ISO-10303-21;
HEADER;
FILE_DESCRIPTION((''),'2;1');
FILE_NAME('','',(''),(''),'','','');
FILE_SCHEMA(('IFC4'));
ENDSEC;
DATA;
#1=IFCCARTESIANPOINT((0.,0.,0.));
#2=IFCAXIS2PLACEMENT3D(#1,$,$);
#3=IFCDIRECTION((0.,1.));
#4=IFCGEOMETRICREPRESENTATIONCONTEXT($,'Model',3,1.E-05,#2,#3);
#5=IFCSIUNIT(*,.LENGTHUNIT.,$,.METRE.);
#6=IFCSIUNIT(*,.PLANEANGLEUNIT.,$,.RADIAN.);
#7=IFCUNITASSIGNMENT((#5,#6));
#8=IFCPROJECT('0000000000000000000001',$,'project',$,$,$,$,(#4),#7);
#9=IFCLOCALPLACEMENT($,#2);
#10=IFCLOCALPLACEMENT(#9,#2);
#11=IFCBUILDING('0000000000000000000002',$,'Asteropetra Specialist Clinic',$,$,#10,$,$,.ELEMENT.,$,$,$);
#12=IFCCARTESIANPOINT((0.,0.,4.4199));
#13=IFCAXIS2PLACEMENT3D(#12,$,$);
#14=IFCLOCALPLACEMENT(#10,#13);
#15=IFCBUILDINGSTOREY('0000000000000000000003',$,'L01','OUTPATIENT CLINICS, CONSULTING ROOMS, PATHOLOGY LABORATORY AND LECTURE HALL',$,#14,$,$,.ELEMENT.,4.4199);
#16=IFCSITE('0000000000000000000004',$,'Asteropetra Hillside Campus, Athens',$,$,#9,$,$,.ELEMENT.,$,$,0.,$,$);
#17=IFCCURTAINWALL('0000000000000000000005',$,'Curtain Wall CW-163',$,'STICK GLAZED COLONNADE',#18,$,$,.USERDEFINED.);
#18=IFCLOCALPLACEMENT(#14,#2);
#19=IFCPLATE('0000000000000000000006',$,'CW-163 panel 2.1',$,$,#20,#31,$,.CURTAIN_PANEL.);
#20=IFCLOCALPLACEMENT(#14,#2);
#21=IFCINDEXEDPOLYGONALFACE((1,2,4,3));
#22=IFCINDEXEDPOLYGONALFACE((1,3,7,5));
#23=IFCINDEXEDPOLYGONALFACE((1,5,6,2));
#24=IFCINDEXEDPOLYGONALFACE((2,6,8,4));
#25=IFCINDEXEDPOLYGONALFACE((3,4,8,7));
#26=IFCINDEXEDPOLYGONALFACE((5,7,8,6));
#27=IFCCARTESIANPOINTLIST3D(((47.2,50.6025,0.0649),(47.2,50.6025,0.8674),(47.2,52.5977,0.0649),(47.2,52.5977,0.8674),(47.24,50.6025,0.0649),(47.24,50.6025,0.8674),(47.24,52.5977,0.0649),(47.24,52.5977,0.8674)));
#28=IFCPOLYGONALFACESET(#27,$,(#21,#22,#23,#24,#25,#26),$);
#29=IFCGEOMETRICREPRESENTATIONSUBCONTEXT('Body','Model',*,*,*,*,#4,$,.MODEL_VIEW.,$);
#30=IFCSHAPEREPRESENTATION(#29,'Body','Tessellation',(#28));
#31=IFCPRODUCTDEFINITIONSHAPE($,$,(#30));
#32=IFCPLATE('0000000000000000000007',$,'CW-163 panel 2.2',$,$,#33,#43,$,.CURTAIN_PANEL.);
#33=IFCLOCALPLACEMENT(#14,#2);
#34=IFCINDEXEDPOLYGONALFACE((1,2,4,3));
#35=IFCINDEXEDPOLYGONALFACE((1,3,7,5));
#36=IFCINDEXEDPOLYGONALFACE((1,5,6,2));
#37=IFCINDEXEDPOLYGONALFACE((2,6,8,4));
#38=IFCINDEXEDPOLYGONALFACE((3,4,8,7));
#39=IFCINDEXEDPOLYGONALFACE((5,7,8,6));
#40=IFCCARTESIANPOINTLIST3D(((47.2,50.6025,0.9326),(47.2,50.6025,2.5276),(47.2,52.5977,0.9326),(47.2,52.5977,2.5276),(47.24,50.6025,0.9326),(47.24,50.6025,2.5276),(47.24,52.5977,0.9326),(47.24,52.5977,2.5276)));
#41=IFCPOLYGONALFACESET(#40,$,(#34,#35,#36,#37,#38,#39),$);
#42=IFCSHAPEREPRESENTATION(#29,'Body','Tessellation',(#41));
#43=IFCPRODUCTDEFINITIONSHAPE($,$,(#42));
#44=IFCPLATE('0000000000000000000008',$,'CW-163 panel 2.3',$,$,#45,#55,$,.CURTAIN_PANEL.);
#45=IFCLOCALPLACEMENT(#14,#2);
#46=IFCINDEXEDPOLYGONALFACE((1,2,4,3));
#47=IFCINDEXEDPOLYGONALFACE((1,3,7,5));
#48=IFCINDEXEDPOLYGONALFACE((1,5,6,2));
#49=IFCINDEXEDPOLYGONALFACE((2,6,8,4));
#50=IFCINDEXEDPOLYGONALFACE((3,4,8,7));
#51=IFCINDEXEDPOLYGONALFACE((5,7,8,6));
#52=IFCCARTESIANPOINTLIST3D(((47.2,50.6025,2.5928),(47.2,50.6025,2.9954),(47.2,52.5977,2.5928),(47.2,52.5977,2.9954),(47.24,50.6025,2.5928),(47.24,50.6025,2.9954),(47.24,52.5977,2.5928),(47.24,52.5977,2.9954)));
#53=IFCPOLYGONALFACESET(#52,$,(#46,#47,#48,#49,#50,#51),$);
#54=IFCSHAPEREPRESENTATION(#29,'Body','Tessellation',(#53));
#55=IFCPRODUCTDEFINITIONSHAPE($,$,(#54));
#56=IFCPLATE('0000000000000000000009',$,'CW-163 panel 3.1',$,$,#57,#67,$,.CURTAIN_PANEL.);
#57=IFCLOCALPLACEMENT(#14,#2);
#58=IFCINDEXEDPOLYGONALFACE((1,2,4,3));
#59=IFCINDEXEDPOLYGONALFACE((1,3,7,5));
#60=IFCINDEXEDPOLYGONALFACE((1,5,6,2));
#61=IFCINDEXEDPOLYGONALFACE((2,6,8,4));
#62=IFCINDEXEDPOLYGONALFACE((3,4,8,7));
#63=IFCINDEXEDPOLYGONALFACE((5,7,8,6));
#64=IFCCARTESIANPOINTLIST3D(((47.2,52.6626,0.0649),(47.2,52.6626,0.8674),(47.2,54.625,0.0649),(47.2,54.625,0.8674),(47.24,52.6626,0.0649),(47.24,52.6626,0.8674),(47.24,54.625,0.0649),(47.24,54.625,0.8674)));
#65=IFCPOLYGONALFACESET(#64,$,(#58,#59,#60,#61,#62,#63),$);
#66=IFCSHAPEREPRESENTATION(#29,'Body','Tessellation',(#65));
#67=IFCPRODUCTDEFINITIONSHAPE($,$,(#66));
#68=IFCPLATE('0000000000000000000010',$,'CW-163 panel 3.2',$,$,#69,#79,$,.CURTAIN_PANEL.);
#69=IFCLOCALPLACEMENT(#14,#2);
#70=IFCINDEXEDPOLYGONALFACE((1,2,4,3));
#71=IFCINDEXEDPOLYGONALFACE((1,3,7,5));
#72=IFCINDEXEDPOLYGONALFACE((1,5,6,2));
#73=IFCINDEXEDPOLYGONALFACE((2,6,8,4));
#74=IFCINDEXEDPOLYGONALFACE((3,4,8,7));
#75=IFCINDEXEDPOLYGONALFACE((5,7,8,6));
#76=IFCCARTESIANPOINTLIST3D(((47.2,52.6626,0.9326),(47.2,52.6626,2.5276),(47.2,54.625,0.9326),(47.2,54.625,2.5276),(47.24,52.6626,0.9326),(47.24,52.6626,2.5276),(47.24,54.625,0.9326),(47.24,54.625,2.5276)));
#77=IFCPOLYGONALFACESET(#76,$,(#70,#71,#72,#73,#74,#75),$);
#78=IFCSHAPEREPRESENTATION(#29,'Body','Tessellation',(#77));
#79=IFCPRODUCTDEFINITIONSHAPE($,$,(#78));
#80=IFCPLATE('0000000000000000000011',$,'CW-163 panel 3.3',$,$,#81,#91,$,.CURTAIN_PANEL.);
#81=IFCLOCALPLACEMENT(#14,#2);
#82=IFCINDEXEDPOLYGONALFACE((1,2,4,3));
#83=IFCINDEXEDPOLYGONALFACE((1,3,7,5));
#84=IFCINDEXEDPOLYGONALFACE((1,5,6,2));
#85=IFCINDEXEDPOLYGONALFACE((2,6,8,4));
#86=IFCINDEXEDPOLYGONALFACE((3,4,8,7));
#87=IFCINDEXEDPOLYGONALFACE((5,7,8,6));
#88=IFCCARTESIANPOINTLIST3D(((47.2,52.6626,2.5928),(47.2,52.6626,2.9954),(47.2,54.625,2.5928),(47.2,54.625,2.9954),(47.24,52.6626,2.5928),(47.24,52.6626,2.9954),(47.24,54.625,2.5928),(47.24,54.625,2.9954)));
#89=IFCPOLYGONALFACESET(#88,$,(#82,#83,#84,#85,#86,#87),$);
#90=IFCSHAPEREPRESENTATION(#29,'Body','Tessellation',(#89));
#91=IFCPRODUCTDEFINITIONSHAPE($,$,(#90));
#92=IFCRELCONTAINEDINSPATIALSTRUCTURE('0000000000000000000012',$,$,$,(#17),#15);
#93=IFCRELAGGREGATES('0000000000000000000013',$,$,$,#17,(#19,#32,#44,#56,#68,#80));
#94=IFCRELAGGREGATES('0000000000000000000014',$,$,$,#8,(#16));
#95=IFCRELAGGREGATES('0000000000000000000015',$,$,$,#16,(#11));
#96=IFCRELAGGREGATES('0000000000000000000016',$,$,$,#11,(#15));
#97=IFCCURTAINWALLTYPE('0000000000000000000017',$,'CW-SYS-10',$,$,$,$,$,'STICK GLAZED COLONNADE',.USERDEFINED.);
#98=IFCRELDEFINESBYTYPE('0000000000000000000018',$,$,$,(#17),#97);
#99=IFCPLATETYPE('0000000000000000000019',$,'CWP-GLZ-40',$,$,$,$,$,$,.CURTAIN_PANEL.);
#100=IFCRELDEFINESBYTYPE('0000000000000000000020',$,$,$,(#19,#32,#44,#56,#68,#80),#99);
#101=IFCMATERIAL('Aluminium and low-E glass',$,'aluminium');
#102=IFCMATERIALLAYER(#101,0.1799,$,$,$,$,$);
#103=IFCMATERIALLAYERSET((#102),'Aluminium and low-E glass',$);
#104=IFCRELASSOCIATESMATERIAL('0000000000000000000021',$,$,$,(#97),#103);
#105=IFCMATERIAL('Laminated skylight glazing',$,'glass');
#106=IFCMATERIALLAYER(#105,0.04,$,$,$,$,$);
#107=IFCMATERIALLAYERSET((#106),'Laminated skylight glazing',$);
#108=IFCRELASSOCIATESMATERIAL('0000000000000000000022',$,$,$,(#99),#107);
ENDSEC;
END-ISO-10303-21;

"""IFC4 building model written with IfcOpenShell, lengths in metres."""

from ifc_helpers import new_model, si_unit, direction, frame, origin, origin_2d, place, context, subcontext, project, spatial, rectangle, extrude, material, layer, layer_set, type_object, element, aggregate, save


model = new_model("IFC4")

# Units and contexts
model_context = context("Model", 3, precision=1e-05, world=origin(), true_north=direction((0.0, 1.0)))
body_context = subcontext(model_context, "Body", "Model", "MODEL_VIEW")
ifc_project = project(units=[si_unit("LENGTHUNIT", "METRE"), si_unit("PLANEANGLEUNIT", "RADIAN")], contexts=[model_context])

# Site, building, storey
site_placement = place(None, origin())
site = spatial("IfcSite", under=ifc_project, at=site_placement, Name="Asteropetra Hillside Campus, Athens", CompositionType="ELEMENT", RefElevation=0.0)
building_placement = place(site_placement, origin())
building = spatial("IfcBuilding", under=site, at=building_placement, Name="Asteropetra Specialist Clinic", CompositionType="ELEMENT")
storey_placement = place(building_placement, frame((0.0, 0.0, 4.4199)))
storey = spatial("IfcBuildingStorey", under=building, at=storey_placement, Name="L01", Description="OUTPATIENT CLINICS, CONSULTING ROOMS, PATHOLOGY LABORATORY AND LECTURE HALL", CompositionType="ELEMENT", Elevation=4.4199)

# Curtain wall
ifc_material_1 = material(Name="Aluminium and low-E glass", Category="aluminium")
ifc_layer_1 = layer(ifc_material_1, 0.1799)
ifc_layer_set_1 = layer_set([ifc_layer_1], Name="Aluminium and low-E glass")
curtain_wall_type_1 = type_object("IfcCurtainWallType", Name="CW-SYS-10", ElementType="STICK GLAZED COLONNADE", PredefinedType="USERDEFINED", material=ifc_layer_set_1)
curtain_wall_1_placement = place(storey_placement, origin())
curtain_wall_1 = element("IfcCurtainWall", 1, at=curtain_wall_1_placement, inside=storey, type_object=curtain_wall_type_1, Name="Curtain Wall CW-163", ObjectType="STICK GLAZED COLONNADE", PredefinedType="USERDEFINED")

# Plates
ifc_material_2 = material(Name="Laminated skylight glazing", Category="glass")
ifc_layer_2 = layer(ifc_material_2, 0.04)
ifc_layer_set_2 = layer_set([ifc_layer_2], Name="Laminated skylight glazing")
plate_type = type_object("IfcPlateType", Name="CWP-GLZ-40", PredefinedType="CURTAIN_PANEL", material=ifc_layer_set_2)
plate_1_placement = place(storey_placement, frame((47.22, 51.6001, 0.0649), z_axis=(0.0, 0.0, 1.0), x_axis=(0.0, 1.0, 0.0)))
plate_1 = element("IfcPlate", 2, at=plate_1_placement, type_object=plate_type, Name="CW-163 panel 2.1", PredefinedType="CURTAIN_PANEL", context=body_context, shape_type="SweptSolid", body=[
    extrude(rectangle(XDim=1.9951, YDim=0.04, at=origin_2d()), origin(), (0.0, 0.0, 1.0), 0.8025),
])
plate_2_placement = place(storey_placement, frame((47.22, 51.6001, 0.9326), z_axis=(0.0, 0.0, 1.0), x_axis=(0.0, 1.0, 0.0)))
plate_2 = element("IfcPlate", 3, at=plate_2_placement, type_object=plate_type, Name="CW-163 panel 2.2", PredefinedType="CURTAIN_PANEL", context=body_context, shape_type="SweptSolid", body=[
    extrude(rectangle(XDim=1.9951, YDim=0.04, at=origin_2d()), origin(), (0.0, 0.0, 1.0), 1.595),
])
plate_3_placement = place(storey_placement, frame((47.22, 51.6001, 2.5928), z_axis=(0.0, 0.0, 1.0), x_axis=(0.0, 1.0, 0.0)))
plate_3 = element("IfcPlate", 4, at=plate_3_placement, type_object=plate_type, Name="CW-163 panel 2.3", PredefinedType="CURTAIN_PANEL", context=body_context, shape_type="SweptSolid", body=[
    extrude(rectangle(XDim=1.9951, YDim=0.04, at=origin_2d()), origin(), (0.0, 0.0, 1.0), 0.4026),
])
plate_4_placement = place(storey_placement, frame((47.22, 53.6438, 0.0649), z_axis=(0.0, 0.0, 1.0), x_axis=(0.0, 1.0, 0.0)))
plate_4 = element("IfcPlate", 5, at=plate_4_placement, type_object=plate_type, Name="CW-163 panel 3.1", PredefinedType="CURTAIN_PANEL", context=body_context, shape_type="SweptSolid", body=[
    extrude(rectangle(XDim=1.9624, YDim=0.04, at=origin_2d()), origin(), (0.0, 0.0, 1.0), 0.8025),
])
plate_5_placement = place(storey_placement, frame((47.22, 53.6438, 0.9326), z_axis=(0.0, 0.0, 1.0), x_axis=(0.0, 1.0, 0.0)))
plate_5 = element("IfcPlate", 6, at=plate_5_placement, type_object=plate_type, Name="CW-163 panel 3.2", PredefinedType="CURTAIN_PANEL", context=body_context, shape_type="SweptSolid", body=[
    extrude(rectangle(XDim=1.9624, YDim=0.04, at=origin_2d()), origin(), (0.0, 0.0, 1.0), 1.595),
])
plate_6_placement = place(storey_placement, frame((47.22, 53.6438, 2.5928), z_axis=(0.0, 0.0, 1.0), x_axis=(0.0, 1.0, 0.0)))
plate_6 = element("IfcPlate", 7, at=plate_6_placement, type_object=plate_type, Name="CW-163 panel 3.3", PredefinedType="CURTAIN_PANEL", context=body_context, shape_type="SweptSolid", body=[
    extrude(rectangle(XDim=1.9624, YDim=0.04, at=origin_2d()), origin(), (0.0, 0.0, 1.0), 0.4026),
])
aggregate(curtain_wall_1, [plate_1, plate_2, plate_3, plate_4, plate_5, plate_6])

save(model, "model.ifc")
